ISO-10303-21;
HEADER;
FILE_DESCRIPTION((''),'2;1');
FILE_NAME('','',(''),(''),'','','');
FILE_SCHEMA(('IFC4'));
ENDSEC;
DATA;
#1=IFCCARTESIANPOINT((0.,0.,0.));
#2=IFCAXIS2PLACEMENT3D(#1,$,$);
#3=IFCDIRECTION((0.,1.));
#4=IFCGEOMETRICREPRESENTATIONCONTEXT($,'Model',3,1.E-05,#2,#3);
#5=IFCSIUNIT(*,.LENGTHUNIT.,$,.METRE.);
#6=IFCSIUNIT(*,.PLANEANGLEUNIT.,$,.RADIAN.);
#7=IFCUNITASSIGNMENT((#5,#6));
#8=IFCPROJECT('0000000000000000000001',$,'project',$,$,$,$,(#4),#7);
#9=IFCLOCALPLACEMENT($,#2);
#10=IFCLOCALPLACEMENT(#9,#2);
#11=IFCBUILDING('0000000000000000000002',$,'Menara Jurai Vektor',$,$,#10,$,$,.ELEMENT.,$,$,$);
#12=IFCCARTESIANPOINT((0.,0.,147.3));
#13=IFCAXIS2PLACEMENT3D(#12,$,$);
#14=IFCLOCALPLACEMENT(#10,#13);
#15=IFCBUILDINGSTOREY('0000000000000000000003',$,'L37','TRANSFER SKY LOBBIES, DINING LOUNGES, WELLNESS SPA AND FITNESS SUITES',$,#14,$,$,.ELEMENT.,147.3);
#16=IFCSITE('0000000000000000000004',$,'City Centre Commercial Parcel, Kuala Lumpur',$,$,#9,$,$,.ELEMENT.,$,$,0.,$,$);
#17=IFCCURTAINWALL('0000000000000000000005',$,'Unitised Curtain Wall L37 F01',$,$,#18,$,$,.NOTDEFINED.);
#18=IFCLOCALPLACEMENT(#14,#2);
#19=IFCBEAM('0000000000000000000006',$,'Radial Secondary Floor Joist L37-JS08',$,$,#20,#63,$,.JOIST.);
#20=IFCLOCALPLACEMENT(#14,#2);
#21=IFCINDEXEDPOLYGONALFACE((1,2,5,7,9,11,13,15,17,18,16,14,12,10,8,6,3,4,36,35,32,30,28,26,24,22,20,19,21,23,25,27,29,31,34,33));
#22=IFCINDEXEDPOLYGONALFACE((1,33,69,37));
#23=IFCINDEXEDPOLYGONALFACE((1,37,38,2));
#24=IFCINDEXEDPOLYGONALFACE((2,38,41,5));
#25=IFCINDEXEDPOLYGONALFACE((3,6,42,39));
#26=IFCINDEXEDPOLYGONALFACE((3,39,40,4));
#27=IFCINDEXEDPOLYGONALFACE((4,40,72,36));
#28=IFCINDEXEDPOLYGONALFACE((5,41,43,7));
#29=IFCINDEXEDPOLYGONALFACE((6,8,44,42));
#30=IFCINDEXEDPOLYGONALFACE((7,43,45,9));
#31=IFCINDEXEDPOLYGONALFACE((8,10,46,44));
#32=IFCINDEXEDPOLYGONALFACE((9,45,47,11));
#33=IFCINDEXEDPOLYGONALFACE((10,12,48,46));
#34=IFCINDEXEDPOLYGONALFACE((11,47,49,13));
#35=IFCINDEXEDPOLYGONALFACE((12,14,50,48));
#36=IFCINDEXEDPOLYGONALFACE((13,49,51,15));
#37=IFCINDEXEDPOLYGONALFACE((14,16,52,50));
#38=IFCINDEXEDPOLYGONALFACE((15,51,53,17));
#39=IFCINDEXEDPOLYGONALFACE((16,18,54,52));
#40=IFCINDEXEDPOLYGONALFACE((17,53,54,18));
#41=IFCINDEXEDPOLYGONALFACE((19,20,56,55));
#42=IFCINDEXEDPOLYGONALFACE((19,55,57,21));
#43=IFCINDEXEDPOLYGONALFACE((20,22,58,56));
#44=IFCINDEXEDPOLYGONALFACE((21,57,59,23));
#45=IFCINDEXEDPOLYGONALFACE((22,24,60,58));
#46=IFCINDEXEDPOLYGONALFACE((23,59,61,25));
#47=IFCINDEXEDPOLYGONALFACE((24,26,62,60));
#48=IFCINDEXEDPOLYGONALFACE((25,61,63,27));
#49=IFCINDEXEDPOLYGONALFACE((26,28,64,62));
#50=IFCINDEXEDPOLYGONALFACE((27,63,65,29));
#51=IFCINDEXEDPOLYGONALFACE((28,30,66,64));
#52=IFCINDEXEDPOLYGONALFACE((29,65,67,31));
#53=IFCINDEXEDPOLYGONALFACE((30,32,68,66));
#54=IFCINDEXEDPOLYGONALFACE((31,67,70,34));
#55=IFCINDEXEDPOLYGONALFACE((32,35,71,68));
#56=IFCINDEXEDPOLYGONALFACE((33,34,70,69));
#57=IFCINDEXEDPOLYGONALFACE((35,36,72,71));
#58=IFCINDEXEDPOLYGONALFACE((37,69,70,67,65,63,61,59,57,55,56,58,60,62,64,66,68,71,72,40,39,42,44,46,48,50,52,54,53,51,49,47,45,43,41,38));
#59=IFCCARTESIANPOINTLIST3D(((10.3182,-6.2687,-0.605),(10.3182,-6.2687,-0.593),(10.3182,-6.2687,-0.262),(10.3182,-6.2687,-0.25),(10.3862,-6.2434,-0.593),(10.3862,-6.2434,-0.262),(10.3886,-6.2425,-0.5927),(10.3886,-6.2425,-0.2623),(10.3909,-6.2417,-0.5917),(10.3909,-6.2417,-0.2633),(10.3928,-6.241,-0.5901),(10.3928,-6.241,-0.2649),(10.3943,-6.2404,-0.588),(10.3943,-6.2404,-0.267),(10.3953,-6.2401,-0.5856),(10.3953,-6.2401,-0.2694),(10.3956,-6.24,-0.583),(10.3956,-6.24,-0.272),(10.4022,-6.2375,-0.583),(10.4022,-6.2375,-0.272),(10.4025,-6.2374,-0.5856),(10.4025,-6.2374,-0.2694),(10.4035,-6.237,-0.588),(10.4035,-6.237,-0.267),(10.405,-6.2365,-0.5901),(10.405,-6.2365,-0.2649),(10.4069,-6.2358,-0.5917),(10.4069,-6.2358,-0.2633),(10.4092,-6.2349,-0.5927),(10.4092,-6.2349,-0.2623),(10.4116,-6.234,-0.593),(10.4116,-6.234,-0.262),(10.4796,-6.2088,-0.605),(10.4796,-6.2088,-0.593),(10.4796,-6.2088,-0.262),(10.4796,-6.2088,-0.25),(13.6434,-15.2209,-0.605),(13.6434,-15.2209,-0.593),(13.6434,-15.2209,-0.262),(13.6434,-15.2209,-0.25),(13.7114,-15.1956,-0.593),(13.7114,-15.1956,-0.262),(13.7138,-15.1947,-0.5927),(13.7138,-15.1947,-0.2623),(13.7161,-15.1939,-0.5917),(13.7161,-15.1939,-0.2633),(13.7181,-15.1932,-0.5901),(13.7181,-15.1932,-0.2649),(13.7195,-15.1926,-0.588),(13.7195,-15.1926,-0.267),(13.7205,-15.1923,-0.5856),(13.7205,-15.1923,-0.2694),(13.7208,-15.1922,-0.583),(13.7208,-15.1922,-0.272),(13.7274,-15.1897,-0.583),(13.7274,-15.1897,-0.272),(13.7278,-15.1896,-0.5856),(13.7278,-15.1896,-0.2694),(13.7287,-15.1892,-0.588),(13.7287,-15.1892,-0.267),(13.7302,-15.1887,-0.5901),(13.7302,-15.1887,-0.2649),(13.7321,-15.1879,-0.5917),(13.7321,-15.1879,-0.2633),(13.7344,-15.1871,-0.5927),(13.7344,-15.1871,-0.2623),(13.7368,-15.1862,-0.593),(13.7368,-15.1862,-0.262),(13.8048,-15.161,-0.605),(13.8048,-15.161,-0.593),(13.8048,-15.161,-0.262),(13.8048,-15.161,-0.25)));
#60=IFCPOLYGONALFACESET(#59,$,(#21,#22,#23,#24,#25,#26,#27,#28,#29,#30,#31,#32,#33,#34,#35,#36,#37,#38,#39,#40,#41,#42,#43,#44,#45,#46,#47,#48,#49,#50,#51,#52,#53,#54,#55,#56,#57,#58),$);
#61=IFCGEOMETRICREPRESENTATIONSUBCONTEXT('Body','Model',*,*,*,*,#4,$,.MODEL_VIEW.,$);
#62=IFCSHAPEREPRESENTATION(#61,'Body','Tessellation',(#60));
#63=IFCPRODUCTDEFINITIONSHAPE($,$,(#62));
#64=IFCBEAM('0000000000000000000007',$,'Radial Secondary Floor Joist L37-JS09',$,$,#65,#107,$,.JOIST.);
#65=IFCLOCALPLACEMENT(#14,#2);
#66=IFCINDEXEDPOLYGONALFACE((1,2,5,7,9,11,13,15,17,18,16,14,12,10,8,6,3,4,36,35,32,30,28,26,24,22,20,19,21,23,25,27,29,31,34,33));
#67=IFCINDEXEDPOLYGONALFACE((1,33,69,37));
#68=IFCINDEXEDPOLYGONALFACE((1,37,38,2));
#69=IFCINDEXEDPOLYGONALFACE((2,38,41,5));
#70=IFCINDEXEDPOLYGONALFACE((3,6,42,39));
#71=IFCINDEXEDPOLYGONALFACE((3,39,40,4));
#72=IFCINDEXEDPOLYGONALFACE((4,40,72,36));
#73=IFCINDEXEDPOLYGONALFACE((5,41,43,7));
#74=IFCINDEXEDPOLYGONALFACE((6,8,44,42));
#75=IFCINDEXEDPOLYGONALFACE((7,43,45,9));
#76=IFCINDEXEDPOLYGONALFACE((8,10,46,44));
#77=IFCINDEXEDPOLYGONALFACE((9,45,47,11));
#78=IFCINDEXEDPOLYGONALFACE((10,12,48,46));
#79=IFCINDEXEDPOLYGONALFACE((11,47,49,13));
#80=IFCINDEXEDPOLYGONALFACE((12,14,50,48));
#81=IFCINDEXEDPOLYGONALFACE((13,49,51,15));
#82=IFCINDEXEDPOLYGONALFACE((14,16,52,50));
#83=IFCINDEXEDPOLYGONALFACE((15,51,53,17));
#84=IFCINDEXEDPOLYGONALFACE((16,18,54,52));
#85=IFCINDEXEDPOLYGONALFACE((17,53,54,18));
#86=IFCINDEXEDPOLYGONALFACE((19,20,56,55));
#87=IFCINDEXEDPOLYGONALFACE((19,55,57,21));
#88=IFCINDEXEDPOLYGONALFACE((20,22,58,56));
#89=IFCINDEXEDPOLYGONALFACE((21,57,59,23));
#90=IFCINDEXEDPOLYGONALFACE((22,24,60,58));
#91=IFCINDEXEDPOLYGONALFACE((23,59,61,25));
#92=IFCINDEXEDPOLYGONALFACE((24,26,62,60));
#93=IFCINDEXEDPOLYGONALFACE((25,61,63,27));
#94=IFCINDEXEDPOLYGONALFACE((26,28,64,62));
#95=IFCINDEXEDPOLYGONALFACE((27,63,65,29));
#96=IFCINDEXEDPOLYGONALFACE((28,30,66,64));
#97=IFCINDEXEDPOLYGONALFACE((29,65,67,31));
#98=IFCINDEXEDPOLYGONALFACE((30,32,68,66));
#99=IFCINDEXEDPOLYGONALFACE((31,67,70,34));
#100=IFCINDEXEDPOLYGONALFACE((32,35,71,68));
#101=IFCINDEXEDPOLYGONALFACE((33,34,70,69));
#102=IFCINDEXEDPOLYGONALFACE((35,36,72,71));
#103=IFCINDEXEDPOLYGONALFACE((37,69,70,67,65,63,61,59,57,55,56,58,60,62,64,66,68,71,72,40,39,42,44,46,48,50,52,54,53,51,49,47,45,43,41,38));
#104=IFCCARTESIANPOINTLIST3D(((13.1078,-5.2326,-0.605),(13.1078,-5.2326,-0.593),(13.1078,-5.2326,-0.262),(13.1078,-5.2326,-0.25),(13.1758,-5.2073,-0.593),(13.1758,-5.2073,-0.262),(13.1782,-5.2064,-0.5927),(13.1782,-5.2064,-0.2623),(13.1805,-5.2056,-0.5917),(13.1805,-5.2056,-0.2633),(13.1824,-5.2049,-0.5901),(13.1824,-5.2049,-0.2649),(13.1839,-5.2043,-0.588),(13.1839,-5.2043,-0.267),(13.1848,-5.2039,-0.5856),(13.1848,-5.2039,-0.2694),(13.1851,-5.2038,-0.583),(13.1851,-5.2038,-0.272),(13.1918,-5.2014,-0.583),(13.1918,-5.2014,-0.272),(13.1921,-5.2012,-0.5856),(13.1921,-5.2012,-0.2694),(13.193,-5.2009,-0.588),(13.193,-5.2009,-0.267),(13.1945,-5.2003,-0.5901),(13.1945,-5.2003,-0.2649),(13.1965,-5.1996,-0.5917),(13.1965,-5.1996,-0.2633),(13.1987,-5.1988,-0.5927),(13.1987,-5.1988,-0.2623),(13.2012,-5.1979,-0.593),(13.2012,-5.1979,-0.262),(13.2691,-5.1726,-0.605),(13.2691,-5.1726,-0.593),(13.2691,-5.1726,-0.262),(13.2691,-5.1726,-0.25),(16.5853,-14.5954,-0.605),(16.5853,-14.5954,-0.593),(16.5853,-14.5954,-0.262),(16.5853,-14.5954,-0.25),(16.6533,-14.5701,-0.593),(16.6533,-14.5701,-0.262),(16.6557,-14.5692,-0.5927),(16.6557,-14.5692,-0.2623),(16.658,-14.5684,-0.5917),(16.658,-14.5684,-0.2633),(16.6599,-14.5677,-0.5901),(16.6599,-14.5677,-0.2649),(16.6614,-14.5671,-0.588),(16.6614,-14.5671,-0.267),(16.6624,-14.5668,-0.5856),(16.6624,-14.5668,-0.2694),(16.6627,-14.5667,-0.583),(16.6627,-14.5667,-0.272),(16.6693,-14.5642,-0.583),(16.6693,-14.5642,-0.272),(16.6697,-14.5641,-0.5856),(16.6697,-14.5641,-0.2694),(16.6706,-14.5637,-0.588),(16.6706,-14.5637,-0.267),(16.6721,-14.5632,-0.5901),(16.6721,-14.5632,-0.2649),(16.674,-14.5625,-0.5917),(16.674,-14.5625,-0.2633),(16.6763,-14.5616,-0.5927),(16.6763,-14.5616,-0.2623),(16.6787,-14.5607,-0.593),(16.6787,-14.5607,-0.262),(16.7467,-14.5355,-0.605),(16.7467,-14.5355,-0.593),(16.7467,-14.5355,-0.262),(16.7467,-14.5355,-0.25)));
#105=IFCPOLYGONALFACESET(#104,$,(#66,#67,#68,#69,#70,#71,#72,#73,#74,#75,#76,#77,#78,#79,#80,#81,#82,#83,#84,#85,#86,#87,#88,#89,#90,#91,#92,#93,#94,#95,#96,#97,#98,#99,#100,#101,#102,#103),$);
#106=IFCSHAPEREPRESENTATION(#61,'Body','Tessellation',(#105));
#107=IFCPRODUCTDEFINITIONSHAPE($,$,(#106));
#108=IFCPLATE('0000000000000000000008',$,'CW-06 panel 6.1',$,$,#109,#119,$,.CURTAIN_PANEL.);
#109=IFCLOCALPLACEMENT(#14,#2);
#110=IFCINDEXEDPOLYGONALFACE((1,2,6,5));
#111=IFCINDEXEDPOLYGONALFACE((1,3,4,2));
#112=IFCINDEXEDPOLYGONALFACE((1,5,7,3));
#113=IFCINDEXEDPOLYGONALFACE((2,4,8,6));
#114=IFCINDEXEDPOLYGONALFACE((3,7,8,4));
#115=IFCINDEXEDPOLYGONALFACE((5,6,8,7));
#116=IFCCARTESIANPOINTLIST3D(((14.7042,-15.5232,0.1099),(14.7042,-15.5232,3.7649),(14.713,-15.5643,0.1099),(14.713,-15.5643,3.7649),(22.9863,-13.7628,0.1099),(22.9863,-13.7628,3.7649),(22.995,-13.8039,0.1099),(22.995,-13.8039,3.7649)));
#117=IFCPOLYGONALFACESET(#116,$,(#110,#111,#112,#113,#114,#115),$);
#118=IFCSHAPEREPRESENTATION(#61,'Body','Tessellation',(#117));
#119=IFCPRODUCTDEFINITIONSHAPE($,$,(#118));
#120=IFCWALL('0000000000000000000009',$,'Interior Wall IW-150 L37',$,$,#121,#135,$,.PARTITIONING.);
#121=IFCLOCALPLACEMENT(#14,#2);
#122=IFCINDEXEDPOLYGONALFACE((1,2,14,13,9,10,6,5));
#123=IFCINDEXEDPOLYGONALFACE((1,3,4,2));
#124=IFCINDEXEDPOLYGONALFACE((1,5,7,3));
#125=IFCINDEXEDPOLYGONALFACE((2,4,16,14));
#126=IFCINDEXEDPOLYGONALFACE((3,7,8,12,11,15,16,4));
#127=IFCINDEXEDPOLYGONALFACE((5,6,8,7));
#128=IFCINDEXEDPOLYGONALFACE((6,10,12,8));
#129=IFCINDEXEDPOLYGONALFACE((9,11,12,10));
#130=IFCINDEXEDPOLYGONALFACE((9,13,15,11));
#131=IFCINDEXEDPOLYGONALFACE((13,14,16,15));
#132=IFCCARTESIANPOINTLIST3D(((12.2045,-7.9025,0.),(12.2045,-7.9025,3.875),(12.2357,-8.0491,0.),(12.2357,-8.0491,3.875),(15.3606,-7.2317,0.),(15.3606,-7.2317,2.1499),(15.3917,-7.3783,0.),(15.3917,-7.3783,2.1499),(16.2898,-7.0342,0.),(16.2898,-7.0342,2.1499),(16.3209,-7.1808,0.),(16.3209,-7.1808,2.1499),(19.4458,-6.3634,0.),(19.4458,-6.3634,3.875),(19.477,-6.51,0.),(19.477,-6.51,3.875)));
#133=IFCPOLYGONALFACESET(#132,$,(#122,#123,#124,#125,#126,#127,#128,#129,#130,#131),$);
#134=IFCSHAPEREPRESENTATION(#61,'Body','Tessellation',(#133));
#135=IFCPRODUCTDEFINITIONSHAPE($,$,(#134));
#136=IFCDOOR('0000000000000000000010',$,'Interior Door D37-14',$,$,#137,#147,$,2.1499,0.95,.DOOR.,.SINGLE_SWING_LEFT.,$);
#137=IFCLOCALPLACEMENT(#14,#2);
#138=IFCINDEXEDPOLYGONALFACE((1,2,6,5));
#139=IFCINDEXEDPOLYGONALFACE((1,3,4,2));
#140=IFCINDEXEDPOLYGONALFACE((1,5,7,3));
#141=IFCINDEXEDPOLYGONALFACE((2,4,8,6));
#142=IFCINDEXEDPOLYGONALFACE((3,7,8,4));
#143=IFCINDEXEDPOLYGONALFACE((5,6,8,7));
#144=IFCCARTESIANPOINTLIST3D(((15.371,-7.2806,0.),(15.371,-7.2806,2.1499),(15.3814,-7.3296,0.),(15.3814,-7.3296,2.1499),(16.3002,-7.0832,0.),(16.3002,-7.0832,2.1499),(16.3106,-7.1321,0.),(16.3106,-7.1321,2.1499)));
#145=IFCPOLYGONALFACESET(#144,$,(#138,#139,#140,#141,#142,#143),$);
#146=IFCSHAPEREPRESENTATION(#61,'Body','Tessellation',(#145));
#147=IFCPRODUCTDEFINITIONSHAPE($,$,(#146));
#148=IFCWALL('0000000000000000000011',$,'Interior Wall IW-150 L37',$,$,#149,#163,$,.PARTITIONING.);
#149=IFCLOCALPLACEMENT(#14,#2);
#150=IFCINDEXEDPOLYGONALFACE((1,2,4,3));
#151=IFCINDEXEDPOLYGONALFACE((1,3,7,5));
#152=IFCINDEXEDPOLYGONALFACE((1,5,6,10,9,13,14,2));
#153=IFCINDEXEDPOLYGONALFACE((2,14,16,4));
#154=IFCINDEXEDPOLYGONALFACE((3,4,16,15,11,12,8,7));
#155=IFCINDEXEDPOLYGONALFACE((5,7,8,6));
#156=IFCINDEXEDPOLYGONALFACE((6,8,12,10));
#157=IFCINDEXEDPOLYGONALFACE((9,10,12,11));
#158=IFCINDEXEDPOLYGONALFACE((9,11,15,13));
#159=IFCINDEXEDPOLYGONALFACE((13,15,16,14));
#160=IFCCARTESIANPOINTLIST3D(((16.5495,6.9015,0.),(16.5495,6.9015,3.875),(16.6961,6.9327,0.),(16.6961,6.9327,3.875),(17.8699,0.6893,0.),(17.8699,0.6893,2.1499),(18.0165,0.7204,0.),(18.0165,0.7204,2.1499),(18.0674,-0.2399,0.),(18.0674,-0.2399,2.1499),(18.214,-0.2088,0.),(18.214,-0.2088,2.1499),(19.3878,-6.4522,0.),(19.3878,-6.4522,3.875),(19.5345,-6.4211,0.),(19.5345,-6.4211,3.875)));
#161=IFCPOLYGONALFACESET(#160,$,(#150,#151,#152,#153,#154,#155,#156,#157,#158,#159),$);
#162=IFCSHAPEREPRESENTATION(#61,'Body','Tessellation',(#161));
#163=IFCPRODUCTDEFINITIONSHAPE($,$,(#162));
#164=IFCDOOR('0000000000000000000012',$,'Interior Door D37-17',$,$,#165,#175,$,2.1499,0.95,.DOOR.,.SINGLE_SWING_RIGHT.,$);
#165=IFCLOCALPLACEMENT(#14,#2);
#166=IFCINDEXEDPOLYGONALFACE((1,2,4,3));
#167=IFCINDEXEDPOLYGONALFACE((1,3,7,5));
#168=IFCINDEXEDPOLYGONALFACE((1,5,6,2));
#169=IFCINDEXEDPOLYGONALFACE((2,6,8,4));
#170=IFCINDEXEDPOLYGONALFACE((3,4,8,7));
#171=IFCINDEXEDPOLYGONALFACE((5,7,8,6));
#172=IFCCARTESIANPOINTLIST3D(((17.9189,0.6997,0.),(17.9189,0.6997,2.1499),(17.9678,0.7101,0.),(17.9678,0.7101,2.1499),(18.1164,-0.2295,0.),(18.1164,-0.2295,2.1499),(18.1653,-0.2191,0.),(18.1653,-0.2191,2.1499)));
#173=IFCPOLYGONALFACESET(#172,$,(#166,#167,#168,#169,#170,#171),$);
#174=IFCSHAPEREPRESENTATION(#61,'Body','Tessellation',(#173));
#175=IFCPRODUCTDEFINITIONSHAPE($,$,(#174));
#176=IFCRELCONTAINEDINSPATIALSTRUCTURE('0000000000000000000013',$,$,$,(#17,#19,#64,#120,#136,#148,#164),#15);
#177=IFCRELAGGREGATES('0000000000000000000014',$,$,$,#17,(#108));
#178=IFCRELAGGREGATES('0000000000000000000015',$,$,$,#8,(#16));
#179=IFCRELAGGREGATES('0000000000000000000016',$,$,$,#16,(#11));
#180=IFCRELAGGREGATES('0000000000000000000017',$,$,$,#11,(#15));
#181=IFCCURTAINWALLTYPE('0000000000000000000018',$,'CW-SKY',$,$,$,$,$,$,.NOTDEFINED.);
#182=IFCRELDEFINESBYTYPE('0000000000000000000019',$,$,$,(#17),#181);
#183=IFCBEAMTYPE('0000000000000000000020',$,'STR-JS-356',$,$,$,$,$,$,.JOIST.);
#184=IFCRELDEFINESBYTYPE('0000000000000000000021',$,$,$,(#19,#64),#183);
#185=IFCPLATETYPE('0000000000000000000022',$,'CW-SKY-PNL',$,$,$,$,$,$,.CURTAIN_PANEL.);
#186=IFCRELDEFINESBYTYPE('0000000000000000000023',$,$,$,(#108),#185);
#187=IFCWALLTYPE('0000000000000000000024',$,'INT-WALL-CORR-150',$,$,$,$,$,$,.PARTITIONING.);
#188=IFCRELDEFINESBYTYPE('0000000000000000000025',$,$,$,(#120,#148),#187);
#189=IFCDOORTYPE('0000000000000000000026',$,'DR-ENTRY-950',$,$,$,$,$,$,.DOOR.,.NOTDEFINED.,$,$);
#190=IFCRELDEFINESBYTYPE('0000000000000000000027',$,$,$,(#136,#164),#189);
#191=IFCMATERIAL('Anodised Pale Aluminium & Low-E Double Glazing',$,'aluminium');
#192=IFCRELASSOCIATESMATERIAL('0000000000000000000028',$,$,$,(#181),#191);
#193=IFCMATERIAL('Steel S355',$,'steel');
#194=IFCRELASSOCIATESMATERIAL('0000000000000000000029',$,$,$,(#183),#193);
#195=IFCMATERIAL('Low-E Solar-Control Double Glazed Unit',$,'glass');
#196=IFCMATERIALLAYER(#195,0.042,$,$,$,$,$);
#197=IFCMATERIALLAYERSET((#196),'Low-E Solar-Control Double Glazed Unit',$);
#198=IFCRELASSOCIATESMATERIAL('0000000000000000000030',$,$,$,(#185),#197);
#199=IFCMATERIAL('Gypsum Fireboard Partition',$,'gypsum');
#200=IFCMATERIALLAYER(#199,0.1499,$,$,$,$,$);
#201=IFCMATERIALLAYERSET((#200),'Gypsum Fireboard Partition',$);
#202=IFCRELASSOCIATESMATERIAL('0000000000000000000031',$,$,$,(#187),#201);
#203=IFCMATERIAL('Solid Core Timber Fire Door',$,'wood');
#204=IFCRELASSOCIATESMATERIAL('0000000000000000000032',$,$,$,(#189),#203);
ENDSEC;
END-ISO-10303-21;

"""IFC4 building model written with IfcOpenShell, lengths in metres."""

from ifc_helpers import new_model, si_unit, direction, frame, frame_2d, origin, origin_2d, place, context, subcontext, project, spatial, rectangle, i_section, extrude, material, layer, layer_set, material_profile, profile_set, type_object, element, fill, aggregate, save


model = new_model("IFC4")

# Units and contexts
model_context = context("Model", 3, precision=1e-05, world=origin(), true_north=direction((0.0, 1.0)))
body_context = subcontext(model_context, "Body", "Model", "MODEL_VIEW")
ifc_project = project(units=[si_unit("LENGTHUNIT", "METRE"), si_unit("PLANEANGLEUNIT", "RADIAN")], contexts=[model_context])

# Site, building, storey
site_placement = place(None, origin())
site = spatial("IfcSite", under=ifc_project, at=site_placement, Name="City Centre Commercial Parcel, Kuala Lumpur", CompositionType="ELEMENT", RefElevation=0.0)
building_placement = place(site_placement, origin())
building = spatial("IfcBuilding", under=site, at=building_placement, Name="Menara Jurai Vektor", CompositionType="ELEMENT")
storey_placement = place(building_placement, frame((0.0, 0.0, 147.3)))
storey = spatial("IfcBuildingStorey", under=building, at=storey_placement, Name="L37", Description="TRANSFER SKY LOBBIES, DINING LOUNGES, WELLNESS SPA AND FITNESS SUITES", CompositionType="ELEMENT", Elevation=147.3)

# Curtain wall
ifc_material_1 = material(Name="Anodised Pale Aluminium & Low-E Double Glazing", Category="aluminium")
curtain_wall_type = type_object("IfcCurtainWallType", Name="CW-SKY", PredefinedType="NOTDEFINED", material=ifc_material_1)
curtain_wall_placement = place(storey_placement, origin())
curtain_wall = element("IfcCurtainWall", 1, at=curtain_wall_placement, inside=storey, type_object=curtain_wall_type, Name="Unitised Curtain Wall L37 F01", PredefinedType="NOTDEFINED")

# Beams
ifc_material_2 = material(Name="Steel S355", Category="steel")
ifc_material_profile_1 = material_profile(ifc_material_2, i_section(OverallWidth=0.1721, OverallDepth=0.355, WebThickness=0.0071, FlangeThickness=0.012, FilletRadius=0.01, at=origin_2d()), Name="UKB 356x171x51")
ifc_profile_set_1 = profile_set([ifc_material_profile_1], Name="Steel S355")
beam_type_1 = type_object("IfcBeamType", Name="STR-JS-356", PredefinedType="JOIST", material=ifc_profile_set_1)
beam_1_placement = place(storey_placement, frame((13.7241, -15.1909, -0.4275), z_axis=(-0.348197, 0.937421, 0.0), x_axis=(-0.937421, -0.348197, 0.0)))
element("IfcBeam", 2, at=beam_1_placement, inside=storey, type_object=beam_type_1, Name="Radial Secondary Floor Joist L37-JS08", PredefinedType="JOIST", context=body_context, shape_type="SweptSolid", body=[
    extrude(i_section(OverallWidth=0.1721, OverallDepth=0.355, WebThickness=0.0071, FlangeThickness=0.012, FilletRadius=0.01, at=origin_2d()), origin(), (0.0, 0.0, 1.0), 9.5498),
])
beam_2_placement = place(storey_placement, frame((16.666, -14.5654, -0.4275), z_axis=(-0.34818, 0.937428, 0.0), x_axis=(-0.937428, -0.34818, 0.0)))
element("IfcBeam", 3, at=beam_2_placement, inside=storey, type_object=beam_type_1, Name="Radial Secondary Floor Joist L37-JS09", PredefinedType="JOIST", context=body_context, shape_type="SweptSolid", body=[
    extrude(i_section(OverallWidth=0.1721, OverallDepth=0.355, WebThickness=0.0071, FlangeThickness=0.012, FilletRadius=0.01, at=origin_2d()), origin(), (0.0, 0.0, 1.0), 9.9878),
])

# Plate
ifc_material_3 = material(Name="Low-E Solar-Control Double Glazed Unit", Category="glass")
ifc_layer_1 = layer(ifc_material_3, 0.042)
ifc_layer_set_1 = layer_set([ifc_layer_1], Name="Low-E Solar-Control Double Glazed Unit")
plate_type = type_object("IfcPlateType", Name="CW-SKY-PNL", PredefinedType="CURTAIN_PANEL", material=ifc_layer_set_1)
plate_placement = place(storey_placement, frame((18.8496, -14.6636, 0.1099), z_axis=(0.0, 0.0, 1.0), x_axis=(0.978148, 0.207911, 0.0)))
plate = element("IfcPlate", 4, at=plate_placement, type_object=plate_type, Name="CW-06 panel 6.1", PredefinedType="CURTAIN_PANEL", context=body_context, shape_type="SweptSolid", body=[
    extrude(rectangle(XDim=8.467, YDim=0.042, at=origin_2d()), origin(), (0.0, 0.0, 1.0), 3.655),
])
aggregate(curtain_wall, [plate])

# Walls, openings, doors
ifc_material_4 = material(Name="Gypsum Fireboard Partition", Category="gypsum")
ifc_layer_2 = layer(ifc_material_4, 0.1499)
ifc_layer_set_2 = layer_set([ifc_layer_2], Name="Gypsum Fireboard Partition")
wall_type_1 = type_object("IfcWallType", Name="INT-WALL-CORR-150", PredefinedType="PARTITIONING", material=ifc_layer_set_2)
wall_1_placement = place(storey_placement, frame((12.22, -7.9758, 0.0), z_axis=(0.0, 0.0, 1.0), x_axis=(0.97815, 0.207898, 0.0)))
wall_1 = element("IfcWall", 5, at=wall_1_placement, inside=storey, type_object=wall_type_1, Name="Interior Wall IW-150 L37", PredefinedType="PARTITIONING", context=body_context, shape_type="SweptSolid", body=[
    extrude(rectangle(XDim=7.4031, YDim=0.1499, at=frame_2d((3.7017, 0.0))), origin(), (0.0, 0.0, 1.0), 3.875),
])
opening_1_placement = place(wall_1_placement, frame((3.2266, 0.0, 0.0)))
opening_1 = element("IfcOpeningElement", 6, at=opening_1_placement, cuts=wall_1, PredefinedType="OPENING", context=body_context, shape_type="SweptSolid", body=[
    extrude(rectangle(XDim=0.95, YDim=2.1499, at=frame_2d((0.4751, 1.075))), frame((0.0, 0.085, 0.0), z_axis=(0.0, -1.0, 0.0), x_axis=(1.0, 0.0, 0.0)), (0.0, 0.0, 1.0), 0.1699),
])
ifc_material_5 = material(Name="Solid Core Timber Fire Door", Category="wood")
door_type = type_object("IfcDoorType", Name="DR-ENTRY-950", OperationType="NOTDEFINED", PredefinedType="DOOR", material=ifc_material_5)
door_1_placement = place(opening_1_placement, origin())
door_1 = element("IfcDoor", 7, at=door_1_placement, inside=storey, type_object=door_type, Name="Interior Door D37-14", OperationType="SINGLE_SWING_LEFT", OverallHeight=2.1499, OverallWidth=0.95, PredefinedType="DOOR", context=body_context, shape_type="SweptSolid", body=[
    extrude(rectangle(XDim=0.95, YDim=2.1499, at=frame_2d((0.4751, 1.075))), frame((0.0, 0.0249, 0.0), z_axis=(0.0, -1.0, 0.0), x_axis=(1.0, 0.0, 0.0)), (0.0, 0.0, 1.0), 0.05),
])
fill(opening_1, door_1)
wall_2_placement = place(storey_placement, frame((19.4612, -6.4368, 0.0), z_axis=(0.0, 0.0, 1.0), x_axis=(-0.207908, 0.978148, 0.0)))
wall_2 = element("IfcWall", 8, at=wall_2_placement, inside=storey, type_object=wall_type_1, Name="Interior Wall IW-150 L37", PredefinedType="PARTITIONING", context=body_context, shape_type="SweptSolid", body=[
    extrude(rectangle(XDim=13.6521, YDim=0.1499, at=frame_2d((6.8262, 0.0))), origin(), (0.0, 0.0, 1.0), 3.875),
])
opening_2_placement = place(wall_2_placement, frame((6.3511, 0.0, 0.0)))
opening_2 = element("IfcOpeningElement", 9, at=opening_2_placement, cuts=wall_2, PredefinedType="OPENING", context=body_context, shape_type="SweptSolid", body=[
    extrude(rectangle(XDim=0.95, YDim=2.1499, at=frame_2d((0.4751, 1.075))), frame((0.0, 0.085, 0.0), z_axis=(0.0, -1.0, 0.0), x_axis=(1.0, 0.0, 0.0)), (0.0, 0.0, 1.0), 0.1699),
])
door_2_placement = place(opening_2_placement, origin())
door_2 = element("IfcDoor", 10, at=door_2_placement, inside=storey, type_object=door_type, Name="Interior Door D37-17", OperationType="SINGLE_SWING_RIGHT", OverallHeight=2.1499, OverallWidth=0.95, PredefinedType="DOOR", context=body_context, shape_type="SweptSolid", body=[
    extrude(rectangle(XDim=0.95, YDim=2.1499, at=frame_2d((0.4751, 1.075))), frame((0.0, 0.0249, 0.0), z_axis=(0.0, -1.0, 0.0), x_axis=(1.0, 0.0, 0.0)), (0.0, 0.0, 1.0), 0.05),
])
fill(opening_2, door_2)

save(model, "model.ifc")
